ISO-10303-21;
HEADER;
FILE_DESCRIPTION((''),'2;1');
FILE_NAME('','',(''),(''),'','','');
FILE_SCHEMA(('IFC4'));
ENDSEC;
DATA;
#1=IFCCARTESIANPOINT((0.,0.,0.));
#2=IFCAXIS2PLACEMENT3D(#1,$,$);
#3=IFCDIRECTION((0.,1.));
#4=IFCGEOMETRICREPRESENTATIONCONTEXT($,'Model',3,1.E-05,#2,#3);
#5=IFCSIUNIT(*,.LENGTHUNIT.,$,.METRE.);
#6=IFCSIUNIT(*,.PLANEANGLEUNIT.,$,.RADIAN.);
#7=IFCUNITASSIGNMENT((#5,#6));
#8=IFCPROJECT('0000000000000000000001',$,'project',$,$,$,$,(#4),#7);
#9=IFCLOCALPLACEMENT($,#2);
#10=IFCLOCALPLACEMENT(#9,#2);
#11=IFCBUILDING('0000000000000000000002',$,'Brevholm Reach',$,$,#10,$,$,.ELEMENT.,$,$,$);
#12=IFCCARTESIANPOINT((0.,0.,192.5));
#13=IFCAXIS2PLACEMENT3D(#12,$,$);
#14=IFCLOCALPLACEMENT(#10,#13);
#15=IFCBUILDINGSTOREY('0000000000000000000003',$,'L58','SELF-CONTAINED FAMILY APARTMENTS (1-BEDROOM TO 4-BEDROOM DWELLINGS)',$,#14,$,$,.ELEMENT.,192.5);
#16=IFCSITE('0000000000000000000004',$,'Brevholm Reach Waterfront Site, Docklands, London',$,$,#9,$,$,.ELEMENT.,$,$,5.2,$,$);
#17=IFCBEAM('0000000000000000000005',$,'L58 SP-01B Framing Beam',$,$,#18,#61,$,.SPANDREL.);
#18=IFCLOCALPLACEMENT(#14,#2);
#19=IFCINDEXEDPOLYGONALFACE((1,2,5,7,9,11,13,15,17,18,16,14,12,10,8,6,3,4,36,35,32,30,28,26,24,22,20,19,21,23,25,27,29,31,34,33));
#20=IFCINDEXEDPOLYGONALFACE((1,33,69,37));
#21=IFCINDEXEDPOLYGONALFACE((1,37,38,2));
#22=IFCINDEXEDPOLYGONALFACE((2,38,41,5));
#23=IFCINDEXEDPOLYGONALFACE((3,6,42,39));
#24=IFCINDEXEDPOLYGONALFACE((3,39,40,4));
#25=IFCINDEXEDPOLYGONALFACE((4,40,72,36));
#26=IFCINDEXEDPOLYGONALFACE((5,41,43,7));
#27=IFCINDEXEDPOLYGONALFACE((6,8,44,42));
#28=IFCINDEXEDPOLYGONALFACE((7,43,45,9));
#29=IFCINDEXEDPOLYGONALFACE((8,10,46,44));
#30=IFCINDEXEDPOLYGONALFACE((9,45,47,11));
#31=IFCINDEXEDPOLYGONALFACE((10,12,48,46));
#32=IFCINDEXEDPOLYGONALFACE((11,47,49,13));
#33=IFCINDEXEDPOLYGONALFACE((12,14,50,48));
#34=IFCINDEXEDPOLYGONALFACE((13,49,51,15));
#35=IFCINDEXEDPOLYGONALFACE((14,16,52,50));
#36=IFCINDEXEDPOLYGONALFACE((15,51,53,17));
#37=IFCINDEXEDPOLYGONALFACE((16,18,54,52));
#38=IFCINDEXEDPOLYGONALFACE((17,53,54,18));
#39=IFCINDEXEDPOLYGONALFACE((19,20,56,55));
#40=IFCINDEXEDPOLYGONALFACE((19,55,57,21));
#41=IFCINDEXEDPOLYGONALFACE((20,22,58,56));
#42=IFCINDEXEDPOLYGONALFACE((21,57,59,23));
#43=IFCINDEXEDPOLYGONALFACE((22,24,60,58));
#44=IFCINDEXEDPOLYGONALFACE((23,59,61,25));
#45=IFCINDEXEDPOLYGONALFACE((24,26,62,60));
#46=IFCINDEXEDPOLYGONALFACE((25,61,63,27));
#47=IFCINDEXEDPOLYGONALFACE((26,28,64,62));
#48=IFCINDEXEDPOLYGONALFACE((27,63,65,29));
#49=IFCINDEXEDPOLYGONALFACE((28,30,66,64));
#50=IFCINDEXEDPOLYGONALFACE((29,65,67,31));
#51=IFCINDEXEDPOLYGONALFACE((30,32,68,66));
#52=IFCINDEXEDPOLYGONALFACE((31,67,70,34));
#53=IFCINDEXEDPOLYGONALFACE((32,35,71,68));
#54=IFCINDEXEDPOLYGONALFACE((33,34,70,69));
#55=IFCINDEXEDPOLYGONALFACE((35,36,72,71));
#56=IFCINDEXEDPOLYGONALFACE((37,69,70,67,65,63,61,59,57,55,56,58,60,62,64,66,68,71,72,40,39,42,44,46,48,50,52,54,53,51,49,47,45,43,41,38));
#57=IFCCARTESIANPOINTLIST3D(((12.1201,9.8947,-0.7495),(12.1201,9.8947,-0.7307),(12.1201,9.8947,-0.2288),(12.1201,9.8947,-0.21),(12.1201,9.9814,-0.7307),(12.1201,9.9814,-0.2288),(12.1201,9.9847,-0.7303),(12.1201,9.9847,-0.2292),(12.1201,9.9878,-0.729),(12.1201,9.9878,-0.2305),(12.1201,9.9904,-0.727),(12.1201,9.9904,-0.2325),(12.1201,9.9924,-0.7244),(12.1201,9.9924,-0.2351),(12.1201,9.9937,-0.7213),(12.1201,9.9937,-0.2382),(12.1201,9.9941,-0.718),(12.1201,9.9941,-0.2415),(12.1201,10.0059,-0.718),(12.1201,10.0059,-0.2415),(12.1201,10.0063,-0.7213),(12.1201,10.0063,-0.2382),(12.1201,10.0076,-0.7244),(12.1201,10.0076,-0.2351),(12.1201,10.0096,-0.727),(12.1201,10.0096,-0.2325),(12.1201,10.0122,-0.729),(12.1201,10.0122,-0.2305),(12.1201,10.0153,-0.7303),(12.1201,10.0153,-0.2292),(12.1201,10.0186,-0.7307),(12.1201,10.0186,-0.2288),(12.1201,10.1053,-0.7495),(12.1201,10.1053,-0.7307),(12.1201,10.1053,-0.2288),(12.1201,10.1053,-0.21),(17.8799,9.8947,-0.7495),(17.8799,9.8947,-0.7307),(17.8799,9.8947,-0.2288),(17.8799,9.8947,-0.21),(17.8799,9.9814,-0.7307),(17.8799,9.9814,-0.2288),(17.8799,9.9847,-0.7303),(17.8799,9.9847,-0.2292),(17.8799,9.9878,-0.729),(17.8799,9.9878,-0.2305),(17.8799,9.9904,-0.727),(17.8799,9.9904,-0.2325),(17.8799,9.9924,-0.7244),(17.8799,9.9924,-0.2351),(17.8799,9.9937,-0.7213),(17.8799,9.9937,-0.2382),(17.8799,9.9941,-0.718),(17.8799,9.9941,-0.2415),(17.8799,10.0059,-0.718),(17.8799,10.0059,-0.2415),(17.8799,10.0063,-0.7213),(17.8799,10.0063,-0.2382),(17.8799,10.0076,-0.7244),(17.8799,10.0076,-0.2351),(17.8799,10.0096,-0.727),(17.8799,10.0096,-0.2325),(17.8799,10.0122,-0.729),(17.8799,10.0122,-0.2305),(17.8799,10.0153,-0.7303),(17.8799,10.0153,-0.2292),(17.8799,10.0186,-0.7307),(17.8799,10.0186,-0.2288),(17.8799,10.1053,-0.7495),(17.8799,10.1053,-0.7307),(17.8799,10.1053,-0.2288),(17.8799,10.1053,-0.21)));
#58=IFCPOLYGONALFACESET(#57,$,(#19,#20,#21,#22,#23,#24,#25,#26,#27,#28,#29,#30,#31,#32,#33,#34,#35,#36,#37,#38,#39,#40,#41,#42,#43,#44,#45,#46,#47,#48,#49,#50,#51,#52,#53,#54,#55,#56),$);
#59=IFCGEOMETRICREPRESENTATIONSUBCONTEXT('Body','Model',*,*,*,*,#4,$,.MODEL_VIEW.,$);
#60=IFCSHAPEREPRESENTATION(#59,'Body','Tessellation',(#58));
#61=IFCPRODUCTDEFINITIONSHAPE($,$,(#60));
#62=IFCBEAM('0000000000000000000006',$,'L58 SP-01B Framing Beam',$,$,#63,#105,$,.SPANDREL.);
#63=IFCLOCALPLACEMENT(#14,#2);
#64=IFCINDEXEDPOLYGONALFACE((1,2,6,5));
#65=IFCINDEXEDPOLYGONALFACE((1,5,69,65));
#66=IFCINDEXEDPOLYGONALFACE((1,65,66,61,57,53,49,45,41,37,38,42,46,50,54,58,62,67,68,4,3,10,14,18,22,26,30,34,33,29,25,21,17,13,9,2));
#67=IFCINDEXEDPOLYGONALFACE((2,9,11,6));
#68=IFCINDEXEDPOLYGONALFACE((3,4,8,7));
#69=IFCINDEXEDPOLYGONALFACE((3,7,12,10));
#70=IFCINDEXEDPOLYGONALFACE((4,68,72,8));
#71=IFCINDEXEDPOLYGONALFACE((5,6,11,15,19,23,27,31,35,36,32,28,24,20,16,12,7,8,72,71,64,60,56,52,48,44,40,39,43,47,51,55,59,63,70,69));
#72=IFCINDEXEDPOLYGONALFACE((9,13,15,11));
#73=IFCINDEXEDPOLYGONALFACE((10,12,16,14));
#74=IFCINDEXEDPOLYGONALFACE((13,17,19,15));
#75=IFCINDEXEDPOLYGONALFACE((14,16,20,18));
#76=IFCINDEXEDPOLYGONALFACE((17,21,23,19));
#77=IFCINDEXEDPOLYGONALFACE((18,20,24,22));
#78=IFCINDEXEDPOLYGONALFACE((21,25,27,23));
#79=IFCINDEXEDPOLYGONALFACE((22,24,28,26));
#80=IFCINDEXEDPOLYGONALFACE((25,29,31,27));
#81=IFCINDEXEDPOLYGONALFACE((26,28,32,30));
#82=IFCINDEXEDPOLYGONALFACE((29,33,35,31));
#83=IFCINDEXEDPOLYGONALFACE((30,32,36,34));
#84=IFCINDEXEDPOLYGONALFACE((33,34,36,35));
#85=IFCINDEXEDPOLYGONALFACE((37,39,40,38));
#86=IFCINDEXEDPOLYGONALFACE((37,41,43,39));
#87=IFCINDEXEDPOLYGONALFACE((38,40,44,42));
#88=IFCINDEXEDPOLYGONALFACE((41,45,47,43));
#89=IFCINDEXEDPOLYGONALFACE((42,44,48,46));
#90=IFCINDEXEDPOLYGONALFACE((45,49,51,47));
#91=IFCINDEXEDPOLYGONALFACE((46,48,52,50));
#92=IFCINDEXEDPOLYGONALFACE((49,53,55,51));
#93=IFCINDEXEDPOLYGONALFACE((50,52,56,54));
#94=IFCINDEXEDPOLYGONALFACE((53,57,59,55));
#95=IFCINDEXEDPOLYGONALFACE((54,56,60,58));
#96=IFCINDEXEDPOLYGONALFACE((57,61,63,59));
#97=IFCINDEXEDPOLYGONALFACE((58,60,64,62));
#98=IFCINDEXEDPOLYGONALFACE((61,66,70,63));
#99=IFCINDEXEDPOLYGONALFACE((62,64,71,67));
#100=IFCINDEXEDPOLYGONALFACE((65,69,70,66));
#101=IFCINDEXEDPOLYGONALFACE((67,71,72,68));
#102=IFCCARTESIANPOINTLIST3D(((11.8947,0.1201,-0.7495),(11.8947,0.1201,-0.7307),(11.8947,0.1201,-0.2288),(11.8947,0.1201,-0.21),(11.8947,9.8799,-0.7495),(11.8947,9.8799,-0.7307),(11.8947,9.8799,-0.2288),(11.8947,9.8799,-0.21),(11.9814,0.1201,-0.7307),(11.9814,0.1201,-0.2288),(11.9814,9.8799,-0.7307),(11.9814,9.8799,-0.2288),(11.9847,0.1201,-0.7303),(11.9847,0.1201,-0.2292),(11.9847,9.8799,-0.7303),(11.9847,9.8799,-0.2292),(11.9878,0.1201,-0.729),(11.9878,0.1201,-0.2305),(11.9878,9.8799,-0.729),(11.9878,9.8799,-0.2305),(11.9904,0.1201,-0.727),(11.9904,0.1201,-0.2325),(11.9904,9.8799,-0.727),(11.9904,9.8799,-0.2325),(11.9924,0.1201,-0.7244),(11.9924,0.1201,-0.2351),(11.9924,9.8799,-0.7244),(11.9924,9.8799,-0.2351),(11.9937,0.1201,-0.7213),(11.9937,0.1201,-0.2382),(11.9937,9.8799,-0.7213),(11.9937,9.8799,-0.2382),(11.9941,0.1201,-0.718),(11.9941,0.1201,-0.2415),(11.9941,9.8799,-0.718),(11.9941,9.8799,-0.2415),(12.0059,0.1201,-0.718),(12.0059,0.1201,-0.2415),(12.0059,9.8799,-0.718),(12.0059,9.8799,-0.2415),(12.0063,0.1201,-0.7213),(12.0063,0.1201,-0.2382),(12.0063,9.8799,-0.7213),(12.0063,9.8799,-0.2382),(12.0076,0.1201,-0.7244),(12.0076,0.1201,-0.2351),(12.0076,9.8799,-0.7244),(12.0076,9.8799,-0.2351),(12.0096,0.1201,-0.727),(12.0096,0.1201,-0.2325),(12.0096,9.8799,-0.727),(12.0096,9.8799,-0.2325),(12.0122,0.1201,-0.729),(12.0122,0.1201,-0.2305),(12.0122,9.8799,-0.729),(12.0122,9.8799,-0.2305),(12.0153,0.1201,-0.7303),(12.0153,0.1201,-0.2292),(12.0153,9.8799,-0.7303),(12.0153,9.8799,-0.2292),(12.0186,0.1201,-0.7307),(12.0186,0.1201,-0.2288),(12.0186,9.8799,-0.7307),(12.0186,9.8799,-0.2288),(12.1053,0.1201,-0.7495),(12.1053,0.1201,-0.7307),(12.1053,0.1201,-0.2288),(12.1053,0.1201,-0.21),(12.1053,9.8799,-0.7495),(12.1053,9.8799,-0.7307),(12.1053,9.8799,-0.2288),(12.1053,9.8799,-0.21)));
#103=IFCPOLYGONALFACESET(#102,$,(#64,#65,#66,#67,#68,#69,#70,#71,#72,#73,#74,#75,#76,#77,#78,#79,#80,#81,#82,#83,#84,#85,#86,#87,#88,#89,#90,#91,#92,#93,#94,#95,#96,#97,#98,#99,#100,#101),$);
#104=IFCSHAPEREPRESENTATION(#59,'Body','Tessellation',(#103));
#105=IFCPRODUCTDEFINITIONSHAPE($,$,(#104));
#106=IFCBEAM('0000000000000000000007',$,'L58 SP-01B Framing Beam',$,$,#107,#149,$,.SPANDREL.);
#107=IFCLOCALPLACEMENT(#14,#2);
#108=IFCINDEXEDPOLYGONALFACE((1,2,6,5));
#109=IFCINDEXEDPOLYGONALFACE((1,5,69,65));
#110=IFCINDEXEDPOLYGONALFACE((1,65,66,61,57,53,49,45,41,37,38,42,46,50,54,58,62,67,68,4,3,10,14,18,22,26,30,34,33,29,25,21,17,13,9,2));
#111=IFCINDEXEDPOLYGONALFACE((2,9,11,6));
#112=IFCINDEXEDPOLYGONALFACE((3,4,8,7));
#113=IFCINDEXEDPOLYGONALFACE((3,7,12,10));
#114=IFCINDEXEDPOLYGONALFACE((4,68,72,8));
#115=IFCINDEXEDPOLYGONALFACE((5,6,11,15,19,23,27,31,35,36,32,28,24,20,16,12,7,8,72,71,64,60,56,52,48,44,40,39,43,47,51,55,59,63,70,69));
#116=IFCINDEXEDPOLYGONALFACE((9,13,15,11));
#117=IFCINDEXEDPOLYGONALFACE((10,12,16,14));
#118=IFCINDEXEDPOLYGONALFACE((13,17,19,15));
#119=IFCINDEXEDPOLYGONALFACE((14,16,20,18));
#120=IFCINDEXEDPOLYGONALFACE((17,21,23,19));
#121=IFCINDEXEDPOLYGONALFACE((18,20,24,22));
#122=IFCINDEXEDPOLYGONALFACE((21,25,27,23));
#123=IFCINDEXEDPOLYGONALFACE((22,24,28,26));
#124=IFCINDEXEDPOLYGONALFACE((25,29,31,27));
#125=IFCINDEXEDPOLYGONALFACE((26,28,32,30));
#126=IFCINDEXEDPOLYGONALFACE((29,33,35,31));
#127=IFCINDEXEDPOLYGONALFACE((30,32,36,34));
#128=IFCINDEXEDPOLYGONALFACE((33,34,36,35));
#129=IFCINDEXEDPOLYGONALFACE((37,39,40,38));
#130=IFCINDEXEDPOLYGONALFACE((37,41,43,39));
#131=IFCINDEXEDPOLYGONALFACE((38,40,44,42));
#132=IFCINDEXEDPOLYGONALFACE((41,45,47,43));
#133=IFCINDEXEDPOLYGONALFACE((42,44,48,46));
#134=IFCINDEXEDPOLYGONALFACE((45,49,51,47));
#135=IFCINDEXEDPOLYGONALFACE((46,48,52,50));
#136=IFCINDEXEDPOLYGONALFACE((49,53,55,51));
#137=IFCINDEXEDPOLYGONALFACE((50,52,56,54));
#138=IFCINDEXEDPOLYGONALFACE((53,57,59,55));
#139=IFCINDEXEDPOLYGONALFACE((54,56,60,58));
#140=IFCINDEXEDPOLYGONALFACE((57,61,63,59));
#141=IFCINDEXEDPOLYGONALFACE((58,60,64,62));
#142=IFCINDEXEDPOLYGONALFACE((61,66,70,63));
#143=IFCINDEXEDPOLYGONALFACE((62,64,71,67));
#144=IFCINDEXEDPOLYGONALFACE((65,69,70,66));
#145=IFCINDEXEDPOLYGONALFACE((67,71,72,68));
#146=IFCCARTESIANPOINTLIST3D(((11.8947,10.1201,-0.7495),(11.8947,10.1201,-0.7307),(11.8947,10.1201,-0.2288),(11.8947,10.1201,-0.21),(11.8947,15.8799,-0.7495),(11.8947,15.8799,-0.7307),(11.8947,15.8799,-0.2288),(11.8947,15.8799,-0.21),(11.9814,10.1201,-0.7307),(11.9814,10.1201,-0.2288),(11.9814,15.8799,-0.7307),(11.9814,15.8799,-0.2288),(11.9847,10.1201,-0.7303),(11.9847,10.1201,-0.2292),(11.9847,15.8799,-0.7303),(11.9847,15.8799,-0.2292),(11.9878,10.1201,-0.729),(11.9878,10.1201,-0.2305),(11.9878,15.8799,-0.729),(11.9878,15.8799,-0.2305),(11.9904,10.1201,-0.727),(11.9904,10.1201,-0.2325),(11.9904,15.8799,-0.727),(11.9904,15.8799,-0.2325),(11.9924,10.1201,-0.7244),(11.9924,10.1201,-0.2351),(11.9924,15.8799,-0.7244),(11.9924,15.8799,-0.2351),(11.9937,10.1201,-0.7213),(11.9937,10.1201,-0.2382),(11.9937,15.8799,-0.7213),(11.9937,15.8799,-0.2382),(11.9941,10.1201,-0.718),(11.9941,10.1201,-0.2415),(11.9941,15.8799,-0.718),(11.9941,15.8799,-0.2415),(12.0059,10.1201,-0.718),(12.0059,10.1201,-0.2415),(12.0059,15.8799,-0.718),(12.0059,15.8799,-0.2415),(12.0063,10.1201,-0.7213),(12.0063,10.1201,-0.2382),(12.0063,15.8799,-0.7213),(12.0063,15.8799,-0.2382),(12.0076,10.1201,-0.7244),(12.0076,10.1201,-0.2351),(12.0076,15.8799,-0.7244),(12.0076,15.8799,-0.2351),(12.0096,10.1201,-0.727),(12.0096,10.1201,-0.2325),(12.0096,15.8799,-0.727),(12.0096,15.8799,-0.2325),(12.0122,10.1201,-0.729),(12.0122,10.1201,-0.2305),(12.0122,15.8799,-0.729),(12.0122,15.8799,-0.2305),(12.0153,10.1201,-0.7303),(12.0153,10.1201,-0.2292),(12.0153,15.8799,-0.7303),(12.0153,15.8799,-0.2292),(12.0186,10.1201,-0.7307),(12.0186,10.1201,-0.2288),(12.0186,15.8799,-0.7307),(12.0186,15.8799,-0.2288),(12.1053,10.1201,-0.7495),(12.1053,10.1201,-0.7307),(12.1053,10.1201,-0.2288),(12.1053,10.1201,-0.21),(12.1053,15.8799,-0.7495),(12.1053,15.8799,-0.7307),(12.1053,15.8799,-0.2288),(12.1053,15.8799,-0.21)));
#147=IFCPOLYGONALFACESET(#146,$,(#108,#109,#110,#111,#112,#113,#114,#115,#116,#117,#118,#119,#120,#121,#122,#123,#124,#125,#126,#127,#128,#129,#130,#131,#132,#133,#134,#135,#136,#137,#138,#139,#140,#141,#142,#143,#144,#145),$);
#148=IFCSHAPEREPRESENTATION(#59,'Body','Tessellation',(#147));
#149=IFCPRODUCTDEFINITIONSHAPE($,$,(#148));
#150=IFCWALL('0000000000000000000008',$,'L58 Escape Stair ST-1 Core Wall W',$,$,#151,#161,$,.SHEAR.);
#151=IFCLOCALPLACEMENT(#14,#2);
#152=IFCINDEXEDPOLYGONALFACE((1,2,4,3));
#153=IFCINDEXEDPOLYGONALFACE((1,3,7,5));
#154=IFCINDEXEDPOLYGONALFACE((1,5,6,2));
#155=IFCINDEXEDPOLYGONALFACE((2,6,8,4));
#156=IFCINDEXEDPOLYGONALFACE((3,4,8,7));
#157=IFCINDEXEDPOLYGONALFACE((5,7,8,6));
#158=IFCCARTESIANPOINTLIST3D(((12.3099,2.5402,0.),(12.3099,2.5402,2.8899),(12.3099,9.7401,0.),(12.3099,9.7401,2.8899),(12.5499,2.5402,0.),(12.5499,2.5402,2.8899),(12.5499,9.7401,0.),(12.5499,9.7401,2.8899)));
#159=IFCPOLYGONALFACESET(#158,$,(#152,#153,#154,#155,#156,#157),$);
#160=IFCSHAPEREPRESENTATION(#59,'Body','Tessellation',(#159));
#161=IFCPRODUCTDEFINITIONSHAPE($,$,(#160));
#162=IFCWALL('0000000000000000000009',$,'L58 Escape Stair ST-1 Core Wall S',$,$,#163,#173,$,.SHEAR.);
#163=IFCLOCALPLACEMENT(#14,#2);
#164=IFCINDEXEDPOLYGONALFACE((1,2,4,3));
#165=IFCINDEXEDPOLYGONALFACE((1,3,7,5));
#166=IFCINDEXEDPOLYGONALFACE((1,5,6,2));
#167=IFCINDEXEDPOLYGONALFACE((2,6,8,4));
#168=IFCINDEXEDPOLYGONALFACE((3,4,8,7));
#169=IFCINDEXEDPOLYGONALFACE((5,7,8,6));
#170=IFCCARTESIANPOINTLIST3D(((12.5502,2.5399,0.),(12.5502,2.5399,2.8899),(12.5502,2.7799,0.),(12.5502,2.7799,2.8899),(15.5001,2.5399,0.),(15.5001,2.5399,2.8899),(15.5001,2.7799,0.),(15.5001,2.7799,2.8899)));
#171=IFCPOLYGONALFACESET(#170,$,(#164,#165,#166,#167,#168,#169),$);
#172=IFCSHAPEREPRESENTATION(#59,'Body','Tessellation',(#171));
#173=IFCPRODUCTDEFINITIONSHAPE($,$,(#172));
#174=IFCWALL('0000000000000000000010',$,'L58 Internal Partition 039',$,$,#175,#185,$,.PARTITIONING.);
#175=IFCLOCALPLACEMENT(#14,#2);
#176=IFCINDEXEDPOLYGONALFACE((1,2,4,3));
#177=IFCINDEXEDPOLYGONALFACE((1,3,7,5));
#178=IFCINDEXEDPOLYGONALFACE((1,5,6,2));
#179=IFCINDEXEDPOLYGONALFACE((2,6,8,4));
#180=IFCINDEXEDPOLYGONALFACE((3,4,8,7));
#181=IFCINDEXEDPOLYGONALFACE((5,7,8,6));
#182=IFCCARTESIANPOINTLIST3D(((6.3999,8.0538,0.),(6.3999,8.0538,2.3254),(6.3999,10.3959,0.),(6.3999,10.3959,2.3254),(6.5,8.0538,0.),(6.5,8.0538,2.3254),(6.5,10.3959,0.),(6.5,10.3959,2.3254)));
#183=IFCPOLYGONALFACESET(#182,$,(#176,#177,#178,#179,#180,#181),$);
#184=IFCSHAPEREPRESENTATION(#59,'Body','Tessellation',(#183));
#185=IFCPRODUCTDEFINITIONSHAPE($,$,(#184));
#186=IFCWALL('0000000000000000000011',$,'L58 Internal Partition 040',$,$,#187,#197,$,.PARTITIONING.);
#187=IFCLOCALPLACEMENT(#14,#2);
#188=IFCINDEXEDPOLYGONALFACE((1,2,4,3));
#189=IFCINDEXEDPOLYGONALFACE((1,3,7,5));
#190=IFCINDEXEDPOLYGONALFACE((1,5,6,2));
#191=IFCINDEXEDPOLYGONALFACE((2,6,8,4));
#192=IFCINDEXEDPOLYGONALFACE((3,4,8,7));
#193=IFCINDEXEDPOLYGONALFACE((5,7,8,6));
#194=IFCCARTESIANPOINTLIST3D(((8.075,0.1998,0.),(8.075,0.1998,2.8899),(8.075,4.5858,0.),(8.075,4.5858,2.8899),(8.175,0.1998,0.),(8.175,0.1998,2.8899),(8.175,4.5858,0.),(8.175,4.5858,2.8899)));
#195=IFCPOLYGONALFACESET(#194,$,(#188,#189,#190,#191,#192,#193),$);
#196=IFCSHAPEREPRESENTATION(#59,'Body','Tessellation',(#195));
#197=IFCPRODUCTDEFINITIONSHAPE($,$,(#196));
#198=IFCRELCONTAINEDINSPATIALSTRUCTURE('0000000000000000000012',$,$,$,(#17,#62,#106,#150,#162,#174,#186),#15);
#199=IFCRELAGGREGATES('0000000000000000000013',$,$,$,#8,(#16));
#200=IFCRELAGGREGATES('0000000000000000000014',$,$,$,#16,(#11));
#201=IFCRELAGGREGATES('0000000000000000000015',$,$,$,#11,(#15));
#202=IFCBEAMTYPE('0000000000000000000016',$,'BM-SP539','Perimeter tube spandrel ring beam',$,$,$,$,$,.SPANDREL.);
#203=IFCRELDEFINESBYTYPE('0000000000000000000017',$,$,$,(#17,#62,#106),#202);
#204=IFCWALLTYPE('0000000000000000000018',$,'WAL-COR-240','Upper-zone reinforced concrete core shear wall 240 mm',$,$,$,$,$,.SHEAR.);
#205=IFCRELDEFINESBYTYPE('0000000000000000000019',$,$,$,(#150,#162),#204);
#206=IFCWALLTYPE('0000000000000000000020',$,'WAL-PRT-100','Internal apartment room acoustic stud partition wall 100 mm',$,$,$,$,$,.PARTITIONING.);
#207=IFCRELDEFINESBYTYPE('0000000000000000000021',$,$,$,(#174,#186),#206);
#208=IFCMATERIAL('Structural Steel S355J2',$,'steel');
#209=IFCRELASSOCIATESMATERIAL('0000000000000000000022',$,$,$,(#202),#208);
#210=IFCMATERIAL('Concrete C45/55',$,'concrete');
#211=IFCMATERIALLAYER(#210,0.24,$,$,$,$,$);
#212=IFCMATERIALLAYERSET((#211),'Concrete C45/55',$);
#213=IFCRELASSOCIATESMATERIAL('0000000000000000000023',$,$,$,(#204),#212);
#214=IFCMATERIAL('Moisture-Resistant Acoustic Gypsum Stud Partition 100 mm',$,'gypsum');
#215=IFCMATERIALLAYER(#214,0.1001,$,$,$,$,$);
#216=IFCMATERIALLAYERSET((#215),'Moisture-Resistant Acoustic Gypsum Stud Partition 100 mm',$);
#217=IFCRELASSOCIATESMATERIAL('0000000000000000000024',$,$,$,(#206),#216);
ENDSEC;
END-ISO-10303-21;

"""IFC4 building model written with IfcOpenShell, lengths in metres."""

from ifc_helpers import new_model, si_unit, direction, frame, frame_2d, origin, origin_2d, place, context, subcontext, project, spatial, rectangle, i_section, extrude, material, layer, layer_set, material_profile, profile_set, type_object, element, save


model = new_model("IFC4")

# Units and contexts
model_context = context("Model", 3, precision=1e-05, world=origin(), true_north=direction((0.0, 1.0)))
body_context = subcontext(model_context, "Body", "Model", "MODEL_VIEW")
ifc_project = project(units=[si_unit("LENGTHUNIT", "METRE"), si_unit("PLANEANGLEUNIT", "RADIAN")], contexts=[model_context])

# Site, building, storey
site_placement = place(None, origin())
site = spatial("IfcSite", under=ifc_project, at=site_placement, Name="Brevholm Reach Waterfront Site, Docklands, London", CompositionType="ELEMENT", RefElevation=5.2)
building_placement = place(site_placement, origin())
building = spatial("IfcBuilding", under=site, at=building_placement, Name="Brevholm Reach", CompositionType="ELEMENT")
storey_placement = place(building_placement, frame((0.0, 0.0, 192.5)))
storey = spatial("IfcBuildingStorey", under=building, at=storey_placement, Name="L58", Description="SELF-CONTAINED FAMILY APARTMENTS (1-BEDROOM TO 4-BEDROOM DWELLINGS)", CompositionType="ELEMENT", Elevation=192.5)

# Beams
ifc_material_1 = material(Name="Structural Steel S355J2", Category="steel")
ifc_material_profile_1 = material_profile(ifc_material_1, i_section(OverallWidth=0.2107, OverallDepth=0.5396, WebThickness=0.0117, FlangeThickness=0.0188, FilletRadius=0.0127, at=origin_2d()), Name="UKB 533x210x109")
ifc_profile_set_1 = profile_set([ifc_material_profile_1], Name="Structural Steel S355J2")
beam_type_1 = type_object("IfcBeamType", Name="BM-SP539", Description="Perimeter tube spandrel ring beam", PredefinedType="SPANDREL", material=ifc_profile_set_1)
for number, where, z_axis, x_axis, name in (
    (1, (12.1201, 10.0, -0.4797), (1.0, 0.0, 0.0), (0.0, 1.0, 0.0), "L58 SP-01B Framing Beam"),
):
    element("IfcBeam", number, at=place(storey_placement, frame(where, z_axis=z_axis, x_axis=x_axis)), inside=storey, type_object=beam_type_1, Name=name, PredefinedType="SPANDREL", context=body_context, shape_type="SweptSolid", body=[
        extrude(i_section(OverallWidth=0.2107, OverallDepth=0.5396, WebThickness=0.0117, FlangeThickness=0.0188, FilletRadius=0.0127, at=origin_2d()), origin(), (0.0, 0.0, 1.0), 5.7598),
    ])
beam_1_placement = place(storey_placement, frame((12.0, 0.1201, -0.4797), z_axis=(0.0, 1.0, 0.0), x_axis=(-1.0, 0.0, 0.0)))
element("IfcBeam", 2, at=beam_1_placement, inside=storey, type_object=beam_type_1, Name="L58 SP-01B Framing Beam", PredefinedType="SPANDREL", context=body_context, shape_type="SweptSolid", body=[
    extrude(i_section(OverallWidth=0.2107, OverallDepth=0.5396, WebThickness=0.0117, FlangeThickness=0.0188, FilletRadius=0.0127, at=origin_2d()), origin(), (0.0, 0.0, 1.0), 9.7598),
])
beam_2_placement = place(storey_placement, frame((12.0, 10.1201, -0.4797), z_axis=(0.0, 1.0, 0.0), x_axis=(-1.0, 0.0, 0.0)))
element("IfcBeam", 3, at=beam_2_placement, inside=storey, type_object=beam_type_1, Name="L58 SP-01B Framing Beam", PredefinedType="SPANDREL", context=body_context, shape_type="SweptSolid", body=[
    extrude(i_section(OverallWidth=0.2107, OverallDepth=0.5396, WebThickness=0.0117, FlangeThickness=0.0188, FilletRadius=0.0127, at=origin_2d()), origin(), (0.0, 0.0, 1.0), 5.7598),
])

# Walls
ifc_material_2 = material(Name="Concrete C45/55", Category="concrete")
ifc_layer_1 = layer(ifc_material_2, 0.24)
ifc_layer_set_1 = layer_set([ifc_layer_1], Name="Concrete C45/55")
wall_type_1 = type_object("IfcWallType", Name="WAL-COR-240", Description="Upper-zone reinforced concrete core shear wall 240 mm", PredefinedType="SHEAR", material=ifc_layer_set_1)
wall_1_placement = place(storey_placement, frame((12.4299, 2.54, 0.0), z_axis=(0.0, 0.0, 1.0), x_axis=(0.0, 1.0, 0.0)))
element("IfcWall", 4, at=wall_1_placement, inside=storey, type_object=wall_type_1, Name="L58 Escape Stair ST-1 Core Wall W", PredefinedType="SHEAR", context=body_context, shape_type="SweptSolid", body=[
    extrude(rectangle(XDim=7.2, YDim=0.24, at=frame_2d((3.6001, 0.0))), origin(), (0.0, 0.0, 1.0), 2.8899),
])
wall_2_placement = place(storey_placement, frame((12.55, 2.6599, 0.0), z_axis=(0.0, 0.0, 1.0), x_axis=(1.0, 0.0, 0.0)))
element("IfcWall", 5, at=wall_2_placement, inside=storey, type_object=wall_type_1, Name="L58 Escape Stair ST-1 Core Wall S", PredefinedType="SHEAR", context=body_context, shape_type="SweptSolid", body=[
    extrude(rectangle(XDim=2.95, YDim=0.24, at=frame_2d((1.4751, 0.0))), origin(), (0.0, 0.0, 1.0), 2.8899),
])
ifc_material_3 = material(Name="Moisture-Resistant Acoustic Gypsum Stud Partition 100 mm", Category="gypsum")
ifc_layer_2 = layer(ifc_material_3, 0.1001)
ifc_layer_set_2 = layer_set([ifc_layer_2], Name="Moisture-Resistant Acoustic Gypsum Stud Partition 100 mm")
wall_type_2 = type_object("IfcWallType", Name="WAL-PRT-100", Description="Internal apartment room acoustic stud partition wall 100 mm", PredefinedType="PARTITIONING", material=ifc_layer_set_2)
wall_3_placement = place(storey_placement, frame((6.45, 8.054, 0.0), z_axis=(0.0, 0.0, 1.0), x_axis=(0.0, 1.0, 0.0)))
element("IfcWall", 6, at=wall_3_placement, inside=storey, type_object=wall_type_2, Name="L58 Internal Partition 039", PredefinedType="PARTITIONING", context=body_context, shape_type="SweptSolid", body=[
    extrude(rectangle(XDim=2.342, YDim=0.1001, at=frame_2d((1.1709, 0.0))), origin(), (0.0, 0.0, 1.0), 2.3254),
])
wall_4_placement = place(storey_placement, frame((8.125, 0.2, 0.0), z_axis=(0.0, 0.0, 1.0), x_axis=(0.0, 1.0, 0.0)))
element("IfcWall", 7, at=wall_4_placement, inside=storey, type_object=wall_type_2, Name="L58 Internal Partition 040", PredefinedType="PARTITIONING", context=body_context, shape_type="SweptSolid", body=[
    extrude(rectangle(XDim=4.386, YDim=0.1001, at=frame_2d((2.1929, 0.0))), origin(), (0.0, 0.0, 1.0), 2.8899),
])

save(model, "model.ifc")
